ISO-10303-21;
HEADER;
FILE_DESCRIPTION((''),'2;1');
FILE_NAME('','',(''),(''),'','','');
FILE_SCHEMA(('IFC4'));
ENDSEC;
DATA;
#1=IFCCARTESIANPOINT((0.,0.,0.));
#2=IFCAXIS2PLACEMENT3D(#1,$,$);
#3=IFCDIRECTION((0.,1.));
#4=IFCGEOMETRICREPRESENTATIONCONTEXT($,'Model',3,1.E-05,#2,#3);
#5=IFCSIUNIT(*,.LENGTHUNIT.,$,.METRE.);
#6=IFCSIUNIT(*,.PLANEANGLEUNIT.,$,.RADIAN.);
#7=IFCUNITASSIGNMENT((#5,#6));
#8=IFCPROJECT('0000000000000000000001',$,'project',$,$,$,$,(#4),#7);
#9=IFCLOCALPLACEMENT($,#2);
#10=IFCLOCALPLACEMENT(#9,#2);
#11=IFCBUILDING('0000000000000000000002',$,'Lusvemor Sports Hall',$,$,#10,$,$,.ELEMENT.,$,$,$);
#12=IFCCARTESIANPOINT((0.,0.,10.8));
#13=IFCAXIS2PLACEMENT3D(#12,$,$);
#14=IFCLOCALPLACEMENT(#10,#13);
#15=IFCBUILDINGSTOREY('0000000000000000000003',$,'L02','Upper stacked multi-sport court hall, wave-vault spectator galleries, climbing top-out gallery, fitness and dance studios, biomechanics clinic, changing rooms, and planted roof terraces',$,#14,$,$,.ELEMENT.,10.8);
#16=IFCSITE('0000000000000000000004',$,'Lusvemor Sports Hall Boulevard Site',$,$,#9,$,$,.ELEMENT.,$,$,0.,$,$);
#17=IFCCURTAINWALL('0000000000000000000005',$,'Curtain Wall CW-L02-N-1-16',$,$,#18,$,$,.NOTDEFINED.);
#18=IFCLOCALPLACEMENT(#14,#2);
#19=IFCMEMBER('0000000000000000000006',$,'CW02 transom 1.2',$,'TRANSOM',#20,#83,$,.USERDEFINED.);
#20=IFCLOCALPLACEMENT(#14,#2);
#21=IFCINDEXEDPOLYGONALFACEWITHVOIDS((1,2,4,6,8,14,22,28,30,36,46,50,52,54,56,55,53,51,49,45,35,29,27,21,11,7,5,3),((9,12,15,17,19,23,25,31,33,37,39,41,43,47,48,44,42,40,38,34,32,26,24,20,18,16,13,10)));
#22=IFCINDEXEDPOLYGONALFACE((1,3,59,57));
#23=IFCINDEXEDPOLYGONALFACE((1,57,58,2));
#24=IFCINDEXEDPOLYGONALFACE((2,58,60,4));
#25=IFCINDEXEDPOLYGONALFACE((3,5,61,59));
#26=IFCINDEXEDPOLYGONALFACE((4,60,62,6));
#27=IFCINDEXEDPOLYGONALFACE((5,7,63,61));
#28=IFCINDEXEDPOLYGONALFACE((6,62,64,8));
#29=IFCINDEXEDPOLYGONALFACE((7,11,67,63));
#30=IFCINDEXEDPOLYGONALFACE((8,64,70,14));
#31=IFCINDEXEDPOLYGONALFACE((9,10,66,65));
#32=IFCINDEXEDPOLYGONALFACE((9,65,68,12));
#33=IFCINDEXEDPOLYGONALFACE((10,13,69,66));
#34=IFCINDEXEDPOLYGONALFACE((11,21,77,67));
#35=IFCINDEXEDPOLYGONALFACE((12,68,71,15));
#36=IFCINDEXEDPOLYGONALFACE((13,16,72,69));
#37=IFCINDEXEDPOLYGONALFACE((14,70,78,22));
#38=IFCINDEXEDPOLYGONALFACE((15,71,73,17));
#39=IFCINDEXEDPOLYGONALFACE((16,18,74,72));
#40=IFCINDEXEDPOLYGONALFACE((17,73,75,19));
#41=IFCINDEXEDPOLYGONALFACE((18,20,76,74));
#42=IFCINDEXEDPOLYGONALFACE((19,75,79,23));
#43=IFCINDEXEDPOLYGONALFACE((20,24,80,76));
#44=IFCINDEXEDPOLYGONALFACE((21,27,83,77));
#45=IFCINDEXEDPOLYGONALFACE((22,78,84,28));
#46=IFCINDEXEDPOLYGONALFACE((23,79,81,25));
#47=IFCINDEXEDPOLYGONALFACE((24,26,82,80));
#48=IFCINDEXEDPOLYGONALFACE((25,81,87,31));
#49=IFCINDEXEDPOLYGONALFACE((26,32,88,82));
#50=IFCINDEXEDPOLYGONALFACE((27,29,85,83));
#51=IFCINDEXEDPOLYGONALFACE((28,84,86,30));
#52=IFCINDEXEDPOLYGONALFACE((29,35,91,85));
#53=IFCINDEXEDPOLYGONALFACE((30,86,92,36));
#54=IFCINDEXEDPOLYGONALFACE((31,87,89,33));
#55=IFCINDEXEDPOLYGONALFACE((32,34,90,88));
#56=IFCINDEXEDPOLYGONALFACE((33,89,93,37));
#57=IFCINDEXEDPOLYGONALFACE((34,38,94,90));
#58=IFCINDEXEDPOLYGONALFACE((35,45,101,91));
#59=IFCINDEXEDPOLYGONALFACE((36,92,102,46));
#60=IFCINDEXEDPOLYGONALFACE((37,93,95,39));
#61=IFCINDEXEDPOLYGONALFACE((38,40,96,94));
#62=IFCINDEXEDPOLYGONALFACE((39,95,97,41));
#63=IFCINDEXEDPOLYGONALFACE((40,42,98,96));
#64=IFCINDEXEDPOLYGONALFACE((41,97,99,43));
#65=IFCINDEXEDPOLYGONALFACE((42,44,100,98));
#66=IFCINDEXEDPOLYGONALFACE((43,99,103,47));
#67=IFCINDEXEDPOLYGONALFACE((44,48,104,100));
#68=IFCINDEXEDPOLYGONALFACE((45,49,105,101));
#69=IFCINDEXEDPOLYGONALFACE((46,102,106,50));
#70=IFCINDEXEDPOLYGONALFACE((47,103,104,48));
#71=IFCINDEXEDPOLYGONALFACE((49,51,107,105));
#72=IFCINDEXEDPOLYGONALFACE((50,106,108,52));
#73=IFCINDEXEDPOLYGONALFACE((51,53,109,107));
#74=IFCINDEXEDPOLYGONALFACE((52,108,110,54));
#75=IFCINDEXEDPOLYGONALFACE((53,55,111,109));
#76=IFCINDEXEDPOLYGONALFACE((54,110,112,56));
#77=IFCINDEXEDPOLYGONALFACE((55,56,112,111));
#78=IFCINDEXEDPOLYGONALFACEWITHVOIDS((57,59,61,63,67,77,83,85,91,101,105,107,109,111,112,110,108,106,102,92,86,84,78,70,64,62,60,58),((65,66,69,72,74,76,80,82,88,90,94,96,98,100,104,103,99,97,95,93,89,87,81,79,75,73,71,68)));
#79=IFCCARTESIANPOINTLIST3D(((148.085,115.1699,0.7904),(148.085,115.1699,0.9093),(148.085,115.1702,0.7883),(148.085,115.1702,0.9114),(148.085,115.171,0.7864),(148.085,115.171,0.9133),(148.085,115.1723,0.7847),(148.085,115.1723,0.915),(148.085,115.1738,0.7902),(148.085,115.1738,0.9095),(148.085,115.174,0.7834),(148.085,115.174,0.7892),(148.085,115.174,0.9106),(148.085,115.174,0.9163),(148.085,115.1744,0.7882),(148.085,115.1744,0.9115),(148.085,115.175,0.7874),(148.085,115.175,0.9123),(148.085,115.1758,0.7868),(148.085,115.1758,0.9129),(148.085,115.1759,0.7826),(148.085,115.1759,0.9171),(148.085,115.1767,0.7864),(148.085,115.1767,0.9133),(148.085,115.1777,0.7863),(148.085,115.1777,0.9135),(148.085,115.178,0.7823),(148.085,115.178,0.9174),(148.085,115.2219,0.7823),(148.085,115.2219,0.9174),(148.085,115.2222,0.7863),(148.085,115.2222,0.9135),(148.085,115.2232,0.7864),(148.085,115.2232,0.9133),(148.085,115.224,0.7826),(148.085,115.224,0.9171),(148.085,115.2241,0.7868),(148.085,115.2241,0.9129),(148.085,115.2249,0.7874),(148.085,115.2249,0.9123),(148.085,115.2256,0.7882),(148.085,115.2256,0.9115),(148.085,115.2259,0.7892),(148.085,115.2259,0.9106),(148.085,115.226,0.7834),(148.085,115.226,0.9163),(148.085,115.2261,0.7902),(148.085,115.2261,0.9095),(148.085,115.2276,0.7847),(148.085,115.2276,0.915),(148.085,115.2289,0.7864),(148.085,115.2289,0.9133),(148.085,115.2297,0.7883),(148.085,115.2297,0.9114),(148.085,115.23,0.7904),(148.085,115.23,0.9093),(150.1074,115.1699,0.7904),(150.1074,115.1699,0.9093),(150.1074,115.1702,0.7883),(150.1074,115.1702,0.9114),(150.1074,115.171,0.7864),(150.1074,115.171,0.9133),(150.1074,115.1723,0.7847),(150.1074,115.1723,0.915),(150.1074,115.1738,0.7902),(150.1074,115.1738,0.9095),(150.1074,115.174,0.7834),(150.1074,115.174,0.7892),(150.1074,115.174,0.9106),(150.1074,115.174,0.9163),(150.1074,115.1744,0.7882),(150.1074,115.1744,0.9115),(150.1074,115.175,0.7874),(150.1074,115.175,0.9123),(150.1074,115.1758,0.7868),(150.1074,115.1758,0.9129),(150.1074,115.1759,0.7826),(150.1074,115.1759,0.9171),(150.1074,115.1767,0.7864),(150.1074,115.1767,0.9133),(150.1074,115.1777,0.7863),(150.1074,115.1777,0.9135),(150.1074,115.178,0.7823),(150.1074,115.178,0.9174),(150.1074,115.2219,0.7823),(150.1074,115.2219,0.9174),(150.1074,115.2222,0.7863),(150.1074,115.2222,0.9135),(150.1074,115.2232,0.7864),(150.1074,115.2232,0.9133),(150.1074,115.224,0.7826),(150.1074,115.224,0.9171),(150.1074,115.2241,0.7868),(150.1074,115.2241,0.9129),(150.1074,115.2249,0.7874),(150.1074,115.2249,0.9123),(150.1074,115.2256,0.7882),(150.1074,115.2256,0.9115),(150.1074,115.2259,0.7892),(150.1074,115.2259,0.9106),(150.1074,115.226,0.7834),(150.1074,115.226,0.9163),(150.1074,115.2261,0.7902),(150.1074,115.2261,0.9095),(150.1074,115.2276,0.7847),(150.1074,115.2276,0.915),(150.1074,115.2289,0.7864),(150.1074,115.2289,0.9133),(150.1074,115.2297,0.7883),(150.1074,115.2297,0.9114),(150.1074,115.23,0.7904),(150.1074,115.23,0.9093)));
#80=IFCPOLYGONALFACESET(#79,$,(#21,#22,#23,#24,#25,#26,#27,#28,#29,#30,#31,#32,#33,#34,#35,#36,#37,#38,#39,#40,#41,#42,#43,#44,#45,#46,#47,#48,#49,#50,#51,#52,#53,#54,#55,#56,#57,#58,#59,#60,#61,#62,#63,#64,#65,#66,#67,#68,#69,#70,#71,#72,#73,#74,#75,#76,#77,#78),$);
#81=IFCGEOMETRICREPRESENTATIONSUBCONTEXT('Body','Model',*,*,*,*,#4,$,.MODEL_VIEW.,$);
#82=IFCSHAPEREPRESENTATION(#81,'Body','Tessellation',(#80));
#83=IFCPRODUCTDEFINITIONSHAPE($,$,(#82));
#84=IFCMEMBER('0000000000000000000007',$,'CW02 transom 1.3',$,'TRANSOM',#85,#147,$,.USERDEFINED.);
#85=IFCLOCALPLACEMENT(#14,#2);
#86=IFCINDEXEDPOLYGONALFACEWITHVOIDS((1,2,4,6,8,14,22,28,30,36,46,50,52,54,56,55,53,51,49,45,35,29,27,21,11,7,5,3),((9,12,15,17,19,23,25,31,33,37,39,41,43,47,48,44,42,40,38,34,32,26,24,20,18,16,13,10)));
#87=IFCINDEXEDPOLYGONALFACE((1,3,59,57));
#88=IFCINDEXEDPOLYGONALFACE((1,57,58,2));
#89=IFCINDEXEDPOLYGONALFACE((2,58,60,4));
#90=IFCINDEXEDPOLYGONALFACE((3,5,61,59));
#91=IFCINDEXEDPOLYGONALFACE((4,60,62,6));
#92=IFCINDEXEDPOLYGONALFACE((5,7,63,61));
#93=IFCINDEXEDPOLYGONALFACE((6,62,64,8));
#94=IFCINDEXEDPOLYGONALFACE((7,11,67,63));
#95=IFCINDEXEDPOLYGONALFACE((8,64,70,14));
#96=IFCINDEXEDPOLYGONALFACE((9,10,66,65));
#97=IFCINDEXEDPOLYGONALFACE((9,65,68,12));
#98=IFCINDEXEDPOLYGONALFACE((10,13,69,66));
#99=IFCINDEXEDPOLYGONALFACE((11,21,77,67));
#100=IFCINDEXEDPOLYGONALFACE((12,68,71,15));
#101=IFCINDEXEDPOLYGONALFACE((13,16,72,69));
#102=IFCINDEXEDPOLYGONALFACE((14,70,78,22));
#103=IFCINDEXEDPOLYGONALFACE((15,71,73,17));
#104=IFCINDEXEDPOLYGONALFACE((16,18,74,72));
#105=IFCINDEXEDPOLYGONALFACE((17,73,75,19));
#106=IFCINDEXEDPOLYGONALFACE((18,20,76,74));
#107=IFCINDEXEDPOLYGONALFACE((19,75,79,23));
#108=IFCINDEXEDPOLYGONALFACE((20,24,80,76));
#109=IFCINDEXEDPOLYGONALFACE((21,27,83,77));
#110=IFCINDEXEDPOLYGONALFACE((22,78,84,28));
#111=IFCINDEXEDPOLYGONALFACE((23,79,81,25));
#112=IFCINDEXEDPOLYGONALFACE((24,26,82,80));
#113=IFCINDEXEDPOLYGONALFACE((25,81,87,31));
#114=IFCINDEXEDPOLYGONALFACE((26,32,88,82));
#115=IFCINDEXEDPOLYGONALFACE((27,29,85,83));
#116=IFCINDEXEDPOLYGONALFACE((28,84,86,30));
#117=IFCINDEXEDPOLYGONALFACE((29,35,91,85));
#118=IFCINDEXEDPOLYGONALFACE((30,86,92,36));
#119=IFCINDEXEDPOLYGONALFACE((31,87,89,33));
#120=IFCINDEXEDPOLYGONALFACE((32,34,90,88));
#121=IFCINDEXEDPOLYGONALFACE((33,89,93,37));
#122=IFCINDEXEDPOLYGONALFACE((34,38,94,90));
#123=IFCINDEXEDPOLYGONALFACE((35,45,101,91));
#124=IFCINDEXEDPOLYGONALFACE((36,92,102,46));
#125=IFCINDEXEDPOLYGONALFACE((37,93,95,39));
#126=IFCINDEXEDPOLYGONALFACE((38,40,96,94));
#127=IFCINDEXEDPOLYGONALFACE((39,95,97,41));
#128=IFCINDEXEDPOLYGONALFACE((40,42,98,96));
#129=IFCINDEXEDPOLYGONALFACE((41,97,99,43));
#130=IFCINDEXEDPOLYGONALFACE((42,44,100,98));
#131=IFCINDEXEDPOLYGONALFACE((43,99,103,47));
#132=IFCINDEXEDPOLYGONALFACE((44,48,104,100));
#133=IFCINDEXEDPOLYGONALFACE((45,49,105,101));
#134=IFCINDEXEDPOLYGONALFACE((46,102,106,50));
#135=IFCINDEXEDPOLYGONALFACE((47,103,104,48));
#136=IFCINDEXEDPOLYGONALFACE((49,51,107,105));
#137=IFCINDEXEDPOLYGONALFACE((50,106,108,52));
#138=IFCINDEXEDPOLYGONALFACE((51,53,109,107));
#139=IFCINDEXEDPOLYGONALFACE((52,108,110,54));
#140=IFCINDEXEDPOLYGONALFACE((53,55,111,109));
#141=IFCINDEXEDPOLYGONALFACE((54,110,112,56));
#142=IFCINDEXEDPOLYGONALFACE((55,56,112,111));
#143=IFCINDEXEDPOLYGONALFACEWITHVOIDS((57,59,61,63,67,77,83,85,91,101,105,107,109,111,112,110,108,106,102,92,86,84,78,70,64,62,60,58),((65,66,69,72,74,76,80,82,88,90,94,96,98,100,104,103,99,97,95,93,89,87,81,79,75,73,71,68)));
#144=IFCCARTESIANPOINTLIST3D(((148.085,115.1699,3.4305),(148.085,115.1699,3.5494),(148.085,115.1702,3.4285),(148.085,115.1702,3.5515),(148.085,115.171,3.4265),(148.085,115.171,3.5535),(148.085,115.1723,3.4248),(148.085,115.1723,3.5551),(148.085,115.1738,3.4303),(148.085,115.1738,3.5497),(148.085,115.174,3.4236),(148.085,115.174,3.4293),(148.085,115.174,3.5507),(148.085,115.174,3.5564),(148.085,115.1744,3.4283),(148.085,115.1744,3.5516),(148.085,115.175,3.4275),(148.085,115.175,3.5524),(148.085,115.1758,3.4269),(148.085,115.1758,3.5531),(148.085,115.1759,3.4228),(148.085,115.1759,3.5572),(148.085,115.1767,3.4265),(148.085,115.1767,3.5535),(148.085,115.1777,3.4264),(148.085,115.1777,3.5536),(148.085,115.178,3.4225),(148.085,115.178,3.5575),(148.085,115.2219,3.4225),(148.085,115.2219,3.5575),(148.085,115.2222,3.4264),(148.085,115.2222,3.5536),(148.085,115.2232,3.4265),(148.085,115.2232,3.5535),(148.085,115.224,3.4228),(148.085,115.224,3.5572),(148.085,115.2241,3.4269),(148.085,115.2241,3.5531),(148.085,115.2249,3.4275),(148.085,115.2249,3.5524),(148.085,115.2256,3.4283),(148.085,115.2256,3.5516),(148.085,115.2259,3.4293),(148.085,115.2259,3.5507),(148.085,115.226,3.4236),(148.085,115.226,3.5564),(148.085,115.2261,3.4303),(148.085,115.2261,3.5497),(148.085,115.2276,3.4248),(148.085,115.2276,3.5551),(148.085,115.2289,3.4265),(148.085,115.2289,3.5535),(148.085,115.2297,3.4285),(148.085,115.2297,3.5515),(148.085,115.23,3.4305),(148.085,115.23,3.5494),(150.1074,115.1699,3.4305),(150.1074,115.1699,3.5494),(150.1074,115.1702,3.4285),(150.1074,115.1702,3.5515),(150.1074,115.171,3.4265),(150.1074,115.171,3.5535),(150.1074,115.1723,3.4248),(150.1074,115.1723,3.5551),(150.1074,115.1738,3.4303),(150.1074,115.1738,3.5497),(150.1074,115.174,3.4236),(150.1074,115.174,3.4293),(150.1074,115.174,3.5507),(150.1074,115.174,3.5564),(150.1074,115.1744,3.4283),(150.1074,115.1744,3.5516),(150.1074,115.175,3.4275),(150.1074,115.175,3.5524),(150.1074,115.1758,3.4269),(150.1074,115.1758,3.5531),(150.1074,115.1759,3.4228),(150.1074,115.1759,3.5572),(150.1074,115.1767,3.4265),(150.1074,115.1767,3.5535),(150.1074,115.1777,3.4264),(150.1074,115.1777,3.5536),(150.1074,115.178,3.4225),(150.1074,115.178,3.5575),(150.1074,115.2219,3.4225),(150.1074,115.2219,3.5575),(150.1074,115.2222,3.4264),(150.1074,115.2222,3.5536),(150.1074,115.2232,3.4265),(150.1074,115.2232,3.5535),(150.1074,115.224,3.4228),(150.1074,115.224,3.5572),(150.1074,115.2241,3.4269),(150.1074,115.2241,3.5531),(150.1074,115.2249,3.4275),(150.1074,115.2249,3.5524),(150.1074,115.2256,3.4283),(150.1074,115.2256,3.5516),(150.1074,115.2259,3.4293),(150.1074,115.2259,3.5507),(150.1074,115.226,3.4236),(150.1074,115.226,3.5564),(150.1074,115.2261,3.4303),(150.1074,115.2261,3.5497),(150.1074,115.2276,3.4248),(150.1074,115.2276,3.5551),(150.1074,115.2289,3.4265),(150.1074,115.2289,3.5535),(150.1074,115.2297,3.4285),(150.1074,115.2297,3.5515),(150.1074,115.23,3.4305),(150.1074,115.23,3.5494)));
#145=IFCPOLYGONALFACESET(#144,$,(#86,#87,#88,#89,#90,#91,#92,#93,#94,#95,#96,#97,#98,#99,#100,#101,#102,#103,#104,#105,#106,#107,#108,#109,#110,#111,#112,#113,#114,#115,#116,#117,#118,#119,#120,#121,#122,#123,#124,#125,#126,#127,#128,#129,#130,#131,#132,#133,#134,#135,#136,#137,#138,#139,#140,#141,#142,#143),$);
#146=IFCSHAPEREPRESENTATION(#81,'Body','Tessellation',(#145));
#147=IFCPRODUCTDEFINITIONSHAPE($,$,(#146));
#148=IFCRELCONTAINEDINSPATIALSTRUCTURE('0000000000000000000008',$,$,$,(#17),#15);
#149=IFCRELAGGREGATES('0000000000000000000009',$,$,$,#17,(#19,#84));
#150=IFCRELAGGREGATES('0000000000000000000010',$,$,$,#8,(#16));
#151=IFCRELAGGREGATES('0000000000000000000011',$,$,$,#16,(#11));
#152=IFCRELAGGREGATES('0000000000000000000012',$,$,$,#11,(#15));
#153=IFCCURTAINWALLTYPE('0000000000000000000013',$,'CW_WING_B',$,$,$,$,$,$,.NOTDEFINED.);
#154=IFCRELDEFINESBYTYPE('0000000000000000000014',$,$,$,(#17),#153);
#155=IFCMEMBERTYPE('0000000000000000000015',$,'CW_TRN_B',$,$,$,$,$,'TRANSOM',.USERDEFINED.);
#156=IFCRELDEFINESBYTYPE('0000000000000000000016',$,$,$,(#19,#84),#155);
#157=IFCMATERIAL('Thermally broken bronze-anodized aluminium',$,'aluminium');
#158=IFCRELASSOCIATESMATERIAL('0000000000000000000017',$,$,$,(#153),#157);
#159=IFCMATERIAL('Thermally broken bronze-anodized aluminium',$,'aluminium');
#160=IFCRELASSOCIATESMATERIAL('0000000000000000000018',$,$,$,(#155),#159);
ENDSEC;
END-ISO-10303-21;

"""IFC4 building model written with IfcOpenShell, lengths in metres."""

from ifc_helpers import new_model, si_unit, direction, frame, origin, origin_2d, place, context, subcontext, project, spatial, hollow_rectangle, extrude, material, material_profile, profile_set, type_object, element, aggregate, save


model = new_model("IFC4")

# Units and contexts
model_context = context("Model", 3, precision=1e-05, world=origin(), true_north=direction((0.0, 1.0)))
body_context = subcontext(model_context, "Body", "Model", "MODEL_VIEW")
ifc_project = project(units=[si_unit("LENGTHUNIT", "METRE"), si_unit("PLANEANGLEUNIT", "RADIAN")], contexts=[model_context])

# Site, building, storey
site_placement = place(None, origin())
site = spatial("IfcSite", under=ifc_project, at=site_placement, Name="Lusvemor Sports Hall Boulevard Site", CompositionType="ELEMENT", RefElevation=0.0)
building_placement = place(site_placement, origin())
building = spatial("IfcBuilding", under=site, at=building_placement, Name="Lusvemor Sports Hall", CompositionType="ELEMENT")
storey_placement = place(building_placement, frame((0.0, 0.0, 10.8)))
storey = spatial("IfcBuildingStorey", under=building, at=storey_placement, Name="L02", Description="Upper stacked multi-sport court hall, wave-vault spectator galleries, climbing top-out gallery, fitness and dance studios, biomechanics clinic, changing rooms, and planted roof terraces", CompositionType="ELEMENT", Elevation=10.8)

# Curtain wall, members
ifc_material_1 = material(Name="Thermally broken bronze-anodized aluminium", Category="aluminium")
curtain_wall_type = type_object("IfcCurtainWallType", Name="CW_WING_B", PredefinedType="NOTDEFINED", material=ifc_material_1)
curtain_wall_placement = place(storey_placement, origin())
curtain_wall = element("IfcCurtainWall", 1, at=curtain_wall_placement, inside=storey, type_object=curtain_wall_type, Name="Curtain Wall CW-L02-N-1-16", PredefinedType="NOTDEFINED")
ifc_material_2 = material(Name="Thermally broken bronze-anodized aluminium", Category="aluminium")
ifc_material_profile_1 = material_profile(ifc_material_2, hollow_rectangle(XDim=0.0601, YDim=0.135, WallThickness=0.0039, InnerFilletRadius=0.0039, OuterFilletRadius=0.0081, at=origin_2d()), Name="CWTRN135x60x4")
ifc_profile_set_1 = profile_set([ifc_material_profile_1], Name="Thermally broken bronze-anodized aluminium")
member_type_1 = type_object("IfcMemberType", Name="CW_TRN_B", ElementType="TRANSOM", PredefinedType="USERDEFINED", material=ifc_profile_set_1)
member_1_placement = place(storey_placement, frame((148.085, 115.2, 0.8499), z_axis=(1.0, 0.0, 0.0), x_axis=(0.0, 1.0, 0.0)))
member_1 = element("IfcMember", 2, at=member_1_placement, type_object=member_type_1, Name="CW02 transom 1.2", ObjectType="TRANSOM", PredefinedType="USERDEFINED", context=body_context, shape_type="SweptSolid", body=[
    extrude(hollow_rectangle(XDim=0.0601, YDim=0.135, WallThickness=0.0039, InnerFilletRadius=0.0039, OuterFilletRadius=0.0081, at=origin_2d()), origin(), (0.0, 0.0, 1.0), 2.0225),
])
member_2_placement = place(storey_placement, frame((148.085, 115.2, 3.49), z_axis=(1.0, 0.0, 0.0), x_axis=(0.0, 1.0, 0.0)))
member_2 = element("IfcMember", 3, at=member_2_placement, type_object=member_type_1, Name="CW02 transom 1.3", ObjectType="TRANSOM", PredefinedType="USERDEFINED", context=body_context, shape_type="SweptSolid", body=[
    extrude(hollow_rectangle(XDim=0.0601, YDim=0.135, WallThickness=0.0039, InnerFilletRadius=0.0039, OuterFilletRadius=0.0081, at=origin_2d()), origin(), (0.0, 0.0, 1.0), 2.0225),
])

aggregate(curtain_wall, [member_1, member_2])

save(model, "model.ifc")
